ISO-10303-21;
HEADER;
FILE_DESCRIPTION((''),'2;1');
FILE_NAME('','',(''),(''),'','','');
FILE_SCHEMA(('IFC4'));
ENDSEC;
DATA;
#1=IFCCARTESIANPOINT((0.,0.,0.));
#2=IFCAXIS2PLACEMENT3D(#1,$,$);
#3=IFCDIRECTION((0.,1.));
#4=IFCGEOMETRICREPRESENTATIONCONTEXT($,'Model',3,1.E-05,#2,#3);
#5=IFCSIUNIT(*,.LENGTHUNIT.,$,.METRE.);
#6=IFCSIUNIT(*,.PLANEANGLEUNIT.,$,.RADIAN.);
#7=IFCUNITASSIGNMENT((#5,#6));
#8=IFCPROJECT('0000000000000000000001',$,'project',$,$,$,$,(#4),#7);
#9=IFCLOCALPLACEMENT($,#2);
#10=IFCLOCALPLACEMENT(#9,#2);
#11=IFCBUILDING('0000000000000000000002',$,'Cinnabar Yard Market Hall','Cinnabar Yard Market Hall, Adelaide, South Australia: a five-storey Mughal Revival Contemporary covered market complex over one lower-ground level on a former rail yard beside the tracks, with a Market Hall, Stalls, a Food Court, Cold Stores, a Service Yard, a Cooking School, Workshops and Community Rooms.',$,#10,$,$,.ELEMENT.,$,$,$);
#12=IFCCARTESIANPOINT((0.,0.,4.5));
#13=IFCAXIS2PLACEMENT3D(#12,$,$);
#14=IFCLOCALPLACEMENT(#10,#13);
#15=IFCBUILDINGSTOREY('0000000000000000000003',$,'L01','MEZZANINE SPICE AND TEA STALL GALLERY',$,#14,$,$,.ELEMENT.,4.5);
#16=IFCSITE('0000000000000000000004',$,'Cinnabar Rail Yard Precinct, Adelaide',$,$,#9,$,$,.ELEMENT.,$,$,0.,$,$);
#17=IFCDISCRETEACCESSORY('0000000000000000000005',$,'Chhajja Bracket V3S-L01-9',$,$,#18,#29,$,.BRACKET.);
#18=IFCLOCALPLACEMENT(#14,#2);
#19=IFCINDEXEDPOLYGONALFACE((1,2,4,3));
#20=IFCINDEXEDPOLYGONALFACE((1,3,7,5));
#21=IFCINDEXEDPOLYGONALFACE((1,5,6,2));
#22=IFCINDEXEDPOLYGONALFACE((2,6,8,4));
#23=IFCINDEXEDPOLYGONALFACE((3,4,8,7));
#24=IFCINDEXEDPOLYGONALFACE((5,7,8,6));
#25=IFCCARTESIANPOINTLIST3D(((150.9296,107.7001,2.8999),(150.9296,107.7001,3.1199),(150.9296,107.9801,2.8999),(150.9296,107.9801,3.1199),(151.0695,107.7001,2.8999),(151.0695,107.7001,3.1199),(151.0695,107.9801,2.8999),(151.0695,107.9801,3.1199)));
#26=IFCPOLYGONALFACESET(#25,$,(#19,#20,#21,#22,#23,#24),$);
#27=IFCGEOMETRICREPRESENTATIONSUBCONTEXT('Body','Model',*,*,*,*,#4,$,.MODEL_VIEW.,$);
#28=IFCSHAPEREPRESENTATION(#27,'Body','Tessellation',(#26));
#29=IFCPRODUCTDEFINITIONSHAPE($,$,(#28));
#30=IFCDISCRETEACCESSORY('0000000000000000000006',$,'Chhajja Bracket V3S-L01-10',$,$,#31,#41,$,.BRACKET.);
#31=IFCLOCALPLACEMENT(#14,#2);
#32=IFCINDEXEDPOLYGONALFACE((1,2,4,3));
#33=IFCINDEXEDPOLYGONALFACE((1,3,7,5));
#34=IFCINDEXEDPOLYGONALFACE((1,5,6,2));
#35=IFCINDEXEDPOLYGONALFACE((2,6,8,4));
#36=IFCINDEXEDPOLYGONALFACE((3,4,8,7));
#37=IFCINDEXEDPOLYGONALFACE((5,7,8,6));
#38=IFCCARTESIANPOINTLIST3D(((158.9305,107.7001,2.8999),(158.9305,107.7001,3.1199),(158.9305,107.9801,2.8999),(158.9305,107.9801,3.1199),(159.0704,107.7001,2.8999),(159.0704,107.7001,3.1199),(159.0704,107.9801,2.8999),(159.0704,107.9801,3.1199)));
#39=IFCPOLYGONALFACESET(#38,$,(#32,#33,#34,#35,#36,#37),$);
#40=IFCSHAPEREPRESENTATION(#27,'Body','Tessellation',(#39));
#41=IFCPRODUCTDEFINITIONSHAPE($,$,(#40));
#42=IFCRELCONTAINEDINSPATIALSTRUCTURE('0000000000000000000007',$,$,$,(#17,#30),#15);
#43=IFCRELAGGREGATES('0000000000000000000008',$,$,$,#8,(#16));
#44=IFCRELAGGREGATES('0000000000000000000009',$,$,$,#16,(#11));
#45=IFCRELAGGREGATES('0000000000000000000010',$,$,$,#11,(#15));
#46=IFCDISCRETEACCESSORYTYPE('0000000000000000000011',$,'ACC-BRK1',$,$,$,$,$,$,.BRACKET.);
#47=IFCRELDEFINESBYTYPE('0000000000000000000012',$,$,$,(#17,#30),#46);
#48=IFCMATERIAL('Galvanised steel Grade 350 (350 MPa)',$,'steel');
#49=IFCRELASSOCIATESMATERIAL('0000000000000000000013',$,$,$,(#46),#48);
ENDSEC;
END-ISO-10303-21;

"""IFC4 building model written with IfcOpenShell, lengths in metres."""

from ifc_helpers import new_model, si_unit, direction, frame, origin, origin_2d_with_axis, place, context, subcontext, project, spatial, rectangle, extrude, material, type_object, element, save


model = new_model("IFC4")

# Units and contexts
model_context = context("Model", 3, precision=1e-05, world=origin(), true_north=direction((0.0, 1.0)))
body_context = subcontext(model_context, "Body", "Model", "MODEL_VIEW")
ifc_project = project(units=[si_unit("LENGTHUNIT", "METRE"), si_unit("PLANEANGLEUNIT", "RADIAN")], contexts=[model_context])

# Site, building, storey
site_placement = place(None, origin())
site = spatial("IfcSite", under=ifc_project, at=site_placement, Name="Cinnabar Rail Yard Precinct, Adelaide", CompositionType="ELEMENT", RefElevation=0.0)
building_placement = place(site_placement, origin())
building = spatial("IfcBuilding", under=site, at=building_placement, Name="Cinnabar Yard Market Hall", Description="Cinnabar Yard Market Hall, Adelaide, South Australia: a five-storey Mughal Revival Contemporary covered market complex over one lower-ground level on a former rail yard beside the tracks, with a Market Hall, Stalls, a Food Court, Cold Stores, a Service Yard, a Cooking School, Workshops and Community Rooms.", CompositionType="ELEMENT")
storey_placement = place(building_placement, frame((0.0, 0.0, 4.5)))
storey = spatial("IfcBuildingStorey", under=building, at=storey_placement, Name="L01", Description="MEZZANINE SPICE AND TEA STALL GALLERY", CompositionType="ELEMENT", Elevation=4.5)

# Discrete accessories
ifc_material_1 = material(Name="Galvanised steel Grade 350 (350 MPa)", Category="steel")
discrete_accessory_type = type_object("IfcDiscreteAccessoryType", Name="ACC-BRK1", PredefinedType="BRACKET", material=ifc_material_1)
for number, where, z_axis, x_axis, name in (
    (1, (150.9995, 107.8401, 2.8999), (0.0, 0.0, 1.0), (1.0, 0.0, 0.0), "Chhajja Bracket V3S-L01-9"),
    (2, (159.0005, 107.8401, 2.8999), (0.0, 0.0, 1.0), (1.0, 0.0, 0.0), "Chhajja Bracket V3S-L01-10"),
):
    element("IfcDiscreteAccessory", number, at=place(storey_placement, frame(where, z_axis=z_axis, x_axis=x_axis)), inside=storey, type_object=discrete_accessory_type, Name=name, PredefinedType="BRACKET", context=body_context, shape_type="SweptSolid", body=[
        extrude(rectangle(XDim=0.1399, YDim=0.28, at=origin_2d_with_axis()), origin(), (0.0, 0.0, 1.0), 0.22),
    ])

save(model, "model.ifc")
